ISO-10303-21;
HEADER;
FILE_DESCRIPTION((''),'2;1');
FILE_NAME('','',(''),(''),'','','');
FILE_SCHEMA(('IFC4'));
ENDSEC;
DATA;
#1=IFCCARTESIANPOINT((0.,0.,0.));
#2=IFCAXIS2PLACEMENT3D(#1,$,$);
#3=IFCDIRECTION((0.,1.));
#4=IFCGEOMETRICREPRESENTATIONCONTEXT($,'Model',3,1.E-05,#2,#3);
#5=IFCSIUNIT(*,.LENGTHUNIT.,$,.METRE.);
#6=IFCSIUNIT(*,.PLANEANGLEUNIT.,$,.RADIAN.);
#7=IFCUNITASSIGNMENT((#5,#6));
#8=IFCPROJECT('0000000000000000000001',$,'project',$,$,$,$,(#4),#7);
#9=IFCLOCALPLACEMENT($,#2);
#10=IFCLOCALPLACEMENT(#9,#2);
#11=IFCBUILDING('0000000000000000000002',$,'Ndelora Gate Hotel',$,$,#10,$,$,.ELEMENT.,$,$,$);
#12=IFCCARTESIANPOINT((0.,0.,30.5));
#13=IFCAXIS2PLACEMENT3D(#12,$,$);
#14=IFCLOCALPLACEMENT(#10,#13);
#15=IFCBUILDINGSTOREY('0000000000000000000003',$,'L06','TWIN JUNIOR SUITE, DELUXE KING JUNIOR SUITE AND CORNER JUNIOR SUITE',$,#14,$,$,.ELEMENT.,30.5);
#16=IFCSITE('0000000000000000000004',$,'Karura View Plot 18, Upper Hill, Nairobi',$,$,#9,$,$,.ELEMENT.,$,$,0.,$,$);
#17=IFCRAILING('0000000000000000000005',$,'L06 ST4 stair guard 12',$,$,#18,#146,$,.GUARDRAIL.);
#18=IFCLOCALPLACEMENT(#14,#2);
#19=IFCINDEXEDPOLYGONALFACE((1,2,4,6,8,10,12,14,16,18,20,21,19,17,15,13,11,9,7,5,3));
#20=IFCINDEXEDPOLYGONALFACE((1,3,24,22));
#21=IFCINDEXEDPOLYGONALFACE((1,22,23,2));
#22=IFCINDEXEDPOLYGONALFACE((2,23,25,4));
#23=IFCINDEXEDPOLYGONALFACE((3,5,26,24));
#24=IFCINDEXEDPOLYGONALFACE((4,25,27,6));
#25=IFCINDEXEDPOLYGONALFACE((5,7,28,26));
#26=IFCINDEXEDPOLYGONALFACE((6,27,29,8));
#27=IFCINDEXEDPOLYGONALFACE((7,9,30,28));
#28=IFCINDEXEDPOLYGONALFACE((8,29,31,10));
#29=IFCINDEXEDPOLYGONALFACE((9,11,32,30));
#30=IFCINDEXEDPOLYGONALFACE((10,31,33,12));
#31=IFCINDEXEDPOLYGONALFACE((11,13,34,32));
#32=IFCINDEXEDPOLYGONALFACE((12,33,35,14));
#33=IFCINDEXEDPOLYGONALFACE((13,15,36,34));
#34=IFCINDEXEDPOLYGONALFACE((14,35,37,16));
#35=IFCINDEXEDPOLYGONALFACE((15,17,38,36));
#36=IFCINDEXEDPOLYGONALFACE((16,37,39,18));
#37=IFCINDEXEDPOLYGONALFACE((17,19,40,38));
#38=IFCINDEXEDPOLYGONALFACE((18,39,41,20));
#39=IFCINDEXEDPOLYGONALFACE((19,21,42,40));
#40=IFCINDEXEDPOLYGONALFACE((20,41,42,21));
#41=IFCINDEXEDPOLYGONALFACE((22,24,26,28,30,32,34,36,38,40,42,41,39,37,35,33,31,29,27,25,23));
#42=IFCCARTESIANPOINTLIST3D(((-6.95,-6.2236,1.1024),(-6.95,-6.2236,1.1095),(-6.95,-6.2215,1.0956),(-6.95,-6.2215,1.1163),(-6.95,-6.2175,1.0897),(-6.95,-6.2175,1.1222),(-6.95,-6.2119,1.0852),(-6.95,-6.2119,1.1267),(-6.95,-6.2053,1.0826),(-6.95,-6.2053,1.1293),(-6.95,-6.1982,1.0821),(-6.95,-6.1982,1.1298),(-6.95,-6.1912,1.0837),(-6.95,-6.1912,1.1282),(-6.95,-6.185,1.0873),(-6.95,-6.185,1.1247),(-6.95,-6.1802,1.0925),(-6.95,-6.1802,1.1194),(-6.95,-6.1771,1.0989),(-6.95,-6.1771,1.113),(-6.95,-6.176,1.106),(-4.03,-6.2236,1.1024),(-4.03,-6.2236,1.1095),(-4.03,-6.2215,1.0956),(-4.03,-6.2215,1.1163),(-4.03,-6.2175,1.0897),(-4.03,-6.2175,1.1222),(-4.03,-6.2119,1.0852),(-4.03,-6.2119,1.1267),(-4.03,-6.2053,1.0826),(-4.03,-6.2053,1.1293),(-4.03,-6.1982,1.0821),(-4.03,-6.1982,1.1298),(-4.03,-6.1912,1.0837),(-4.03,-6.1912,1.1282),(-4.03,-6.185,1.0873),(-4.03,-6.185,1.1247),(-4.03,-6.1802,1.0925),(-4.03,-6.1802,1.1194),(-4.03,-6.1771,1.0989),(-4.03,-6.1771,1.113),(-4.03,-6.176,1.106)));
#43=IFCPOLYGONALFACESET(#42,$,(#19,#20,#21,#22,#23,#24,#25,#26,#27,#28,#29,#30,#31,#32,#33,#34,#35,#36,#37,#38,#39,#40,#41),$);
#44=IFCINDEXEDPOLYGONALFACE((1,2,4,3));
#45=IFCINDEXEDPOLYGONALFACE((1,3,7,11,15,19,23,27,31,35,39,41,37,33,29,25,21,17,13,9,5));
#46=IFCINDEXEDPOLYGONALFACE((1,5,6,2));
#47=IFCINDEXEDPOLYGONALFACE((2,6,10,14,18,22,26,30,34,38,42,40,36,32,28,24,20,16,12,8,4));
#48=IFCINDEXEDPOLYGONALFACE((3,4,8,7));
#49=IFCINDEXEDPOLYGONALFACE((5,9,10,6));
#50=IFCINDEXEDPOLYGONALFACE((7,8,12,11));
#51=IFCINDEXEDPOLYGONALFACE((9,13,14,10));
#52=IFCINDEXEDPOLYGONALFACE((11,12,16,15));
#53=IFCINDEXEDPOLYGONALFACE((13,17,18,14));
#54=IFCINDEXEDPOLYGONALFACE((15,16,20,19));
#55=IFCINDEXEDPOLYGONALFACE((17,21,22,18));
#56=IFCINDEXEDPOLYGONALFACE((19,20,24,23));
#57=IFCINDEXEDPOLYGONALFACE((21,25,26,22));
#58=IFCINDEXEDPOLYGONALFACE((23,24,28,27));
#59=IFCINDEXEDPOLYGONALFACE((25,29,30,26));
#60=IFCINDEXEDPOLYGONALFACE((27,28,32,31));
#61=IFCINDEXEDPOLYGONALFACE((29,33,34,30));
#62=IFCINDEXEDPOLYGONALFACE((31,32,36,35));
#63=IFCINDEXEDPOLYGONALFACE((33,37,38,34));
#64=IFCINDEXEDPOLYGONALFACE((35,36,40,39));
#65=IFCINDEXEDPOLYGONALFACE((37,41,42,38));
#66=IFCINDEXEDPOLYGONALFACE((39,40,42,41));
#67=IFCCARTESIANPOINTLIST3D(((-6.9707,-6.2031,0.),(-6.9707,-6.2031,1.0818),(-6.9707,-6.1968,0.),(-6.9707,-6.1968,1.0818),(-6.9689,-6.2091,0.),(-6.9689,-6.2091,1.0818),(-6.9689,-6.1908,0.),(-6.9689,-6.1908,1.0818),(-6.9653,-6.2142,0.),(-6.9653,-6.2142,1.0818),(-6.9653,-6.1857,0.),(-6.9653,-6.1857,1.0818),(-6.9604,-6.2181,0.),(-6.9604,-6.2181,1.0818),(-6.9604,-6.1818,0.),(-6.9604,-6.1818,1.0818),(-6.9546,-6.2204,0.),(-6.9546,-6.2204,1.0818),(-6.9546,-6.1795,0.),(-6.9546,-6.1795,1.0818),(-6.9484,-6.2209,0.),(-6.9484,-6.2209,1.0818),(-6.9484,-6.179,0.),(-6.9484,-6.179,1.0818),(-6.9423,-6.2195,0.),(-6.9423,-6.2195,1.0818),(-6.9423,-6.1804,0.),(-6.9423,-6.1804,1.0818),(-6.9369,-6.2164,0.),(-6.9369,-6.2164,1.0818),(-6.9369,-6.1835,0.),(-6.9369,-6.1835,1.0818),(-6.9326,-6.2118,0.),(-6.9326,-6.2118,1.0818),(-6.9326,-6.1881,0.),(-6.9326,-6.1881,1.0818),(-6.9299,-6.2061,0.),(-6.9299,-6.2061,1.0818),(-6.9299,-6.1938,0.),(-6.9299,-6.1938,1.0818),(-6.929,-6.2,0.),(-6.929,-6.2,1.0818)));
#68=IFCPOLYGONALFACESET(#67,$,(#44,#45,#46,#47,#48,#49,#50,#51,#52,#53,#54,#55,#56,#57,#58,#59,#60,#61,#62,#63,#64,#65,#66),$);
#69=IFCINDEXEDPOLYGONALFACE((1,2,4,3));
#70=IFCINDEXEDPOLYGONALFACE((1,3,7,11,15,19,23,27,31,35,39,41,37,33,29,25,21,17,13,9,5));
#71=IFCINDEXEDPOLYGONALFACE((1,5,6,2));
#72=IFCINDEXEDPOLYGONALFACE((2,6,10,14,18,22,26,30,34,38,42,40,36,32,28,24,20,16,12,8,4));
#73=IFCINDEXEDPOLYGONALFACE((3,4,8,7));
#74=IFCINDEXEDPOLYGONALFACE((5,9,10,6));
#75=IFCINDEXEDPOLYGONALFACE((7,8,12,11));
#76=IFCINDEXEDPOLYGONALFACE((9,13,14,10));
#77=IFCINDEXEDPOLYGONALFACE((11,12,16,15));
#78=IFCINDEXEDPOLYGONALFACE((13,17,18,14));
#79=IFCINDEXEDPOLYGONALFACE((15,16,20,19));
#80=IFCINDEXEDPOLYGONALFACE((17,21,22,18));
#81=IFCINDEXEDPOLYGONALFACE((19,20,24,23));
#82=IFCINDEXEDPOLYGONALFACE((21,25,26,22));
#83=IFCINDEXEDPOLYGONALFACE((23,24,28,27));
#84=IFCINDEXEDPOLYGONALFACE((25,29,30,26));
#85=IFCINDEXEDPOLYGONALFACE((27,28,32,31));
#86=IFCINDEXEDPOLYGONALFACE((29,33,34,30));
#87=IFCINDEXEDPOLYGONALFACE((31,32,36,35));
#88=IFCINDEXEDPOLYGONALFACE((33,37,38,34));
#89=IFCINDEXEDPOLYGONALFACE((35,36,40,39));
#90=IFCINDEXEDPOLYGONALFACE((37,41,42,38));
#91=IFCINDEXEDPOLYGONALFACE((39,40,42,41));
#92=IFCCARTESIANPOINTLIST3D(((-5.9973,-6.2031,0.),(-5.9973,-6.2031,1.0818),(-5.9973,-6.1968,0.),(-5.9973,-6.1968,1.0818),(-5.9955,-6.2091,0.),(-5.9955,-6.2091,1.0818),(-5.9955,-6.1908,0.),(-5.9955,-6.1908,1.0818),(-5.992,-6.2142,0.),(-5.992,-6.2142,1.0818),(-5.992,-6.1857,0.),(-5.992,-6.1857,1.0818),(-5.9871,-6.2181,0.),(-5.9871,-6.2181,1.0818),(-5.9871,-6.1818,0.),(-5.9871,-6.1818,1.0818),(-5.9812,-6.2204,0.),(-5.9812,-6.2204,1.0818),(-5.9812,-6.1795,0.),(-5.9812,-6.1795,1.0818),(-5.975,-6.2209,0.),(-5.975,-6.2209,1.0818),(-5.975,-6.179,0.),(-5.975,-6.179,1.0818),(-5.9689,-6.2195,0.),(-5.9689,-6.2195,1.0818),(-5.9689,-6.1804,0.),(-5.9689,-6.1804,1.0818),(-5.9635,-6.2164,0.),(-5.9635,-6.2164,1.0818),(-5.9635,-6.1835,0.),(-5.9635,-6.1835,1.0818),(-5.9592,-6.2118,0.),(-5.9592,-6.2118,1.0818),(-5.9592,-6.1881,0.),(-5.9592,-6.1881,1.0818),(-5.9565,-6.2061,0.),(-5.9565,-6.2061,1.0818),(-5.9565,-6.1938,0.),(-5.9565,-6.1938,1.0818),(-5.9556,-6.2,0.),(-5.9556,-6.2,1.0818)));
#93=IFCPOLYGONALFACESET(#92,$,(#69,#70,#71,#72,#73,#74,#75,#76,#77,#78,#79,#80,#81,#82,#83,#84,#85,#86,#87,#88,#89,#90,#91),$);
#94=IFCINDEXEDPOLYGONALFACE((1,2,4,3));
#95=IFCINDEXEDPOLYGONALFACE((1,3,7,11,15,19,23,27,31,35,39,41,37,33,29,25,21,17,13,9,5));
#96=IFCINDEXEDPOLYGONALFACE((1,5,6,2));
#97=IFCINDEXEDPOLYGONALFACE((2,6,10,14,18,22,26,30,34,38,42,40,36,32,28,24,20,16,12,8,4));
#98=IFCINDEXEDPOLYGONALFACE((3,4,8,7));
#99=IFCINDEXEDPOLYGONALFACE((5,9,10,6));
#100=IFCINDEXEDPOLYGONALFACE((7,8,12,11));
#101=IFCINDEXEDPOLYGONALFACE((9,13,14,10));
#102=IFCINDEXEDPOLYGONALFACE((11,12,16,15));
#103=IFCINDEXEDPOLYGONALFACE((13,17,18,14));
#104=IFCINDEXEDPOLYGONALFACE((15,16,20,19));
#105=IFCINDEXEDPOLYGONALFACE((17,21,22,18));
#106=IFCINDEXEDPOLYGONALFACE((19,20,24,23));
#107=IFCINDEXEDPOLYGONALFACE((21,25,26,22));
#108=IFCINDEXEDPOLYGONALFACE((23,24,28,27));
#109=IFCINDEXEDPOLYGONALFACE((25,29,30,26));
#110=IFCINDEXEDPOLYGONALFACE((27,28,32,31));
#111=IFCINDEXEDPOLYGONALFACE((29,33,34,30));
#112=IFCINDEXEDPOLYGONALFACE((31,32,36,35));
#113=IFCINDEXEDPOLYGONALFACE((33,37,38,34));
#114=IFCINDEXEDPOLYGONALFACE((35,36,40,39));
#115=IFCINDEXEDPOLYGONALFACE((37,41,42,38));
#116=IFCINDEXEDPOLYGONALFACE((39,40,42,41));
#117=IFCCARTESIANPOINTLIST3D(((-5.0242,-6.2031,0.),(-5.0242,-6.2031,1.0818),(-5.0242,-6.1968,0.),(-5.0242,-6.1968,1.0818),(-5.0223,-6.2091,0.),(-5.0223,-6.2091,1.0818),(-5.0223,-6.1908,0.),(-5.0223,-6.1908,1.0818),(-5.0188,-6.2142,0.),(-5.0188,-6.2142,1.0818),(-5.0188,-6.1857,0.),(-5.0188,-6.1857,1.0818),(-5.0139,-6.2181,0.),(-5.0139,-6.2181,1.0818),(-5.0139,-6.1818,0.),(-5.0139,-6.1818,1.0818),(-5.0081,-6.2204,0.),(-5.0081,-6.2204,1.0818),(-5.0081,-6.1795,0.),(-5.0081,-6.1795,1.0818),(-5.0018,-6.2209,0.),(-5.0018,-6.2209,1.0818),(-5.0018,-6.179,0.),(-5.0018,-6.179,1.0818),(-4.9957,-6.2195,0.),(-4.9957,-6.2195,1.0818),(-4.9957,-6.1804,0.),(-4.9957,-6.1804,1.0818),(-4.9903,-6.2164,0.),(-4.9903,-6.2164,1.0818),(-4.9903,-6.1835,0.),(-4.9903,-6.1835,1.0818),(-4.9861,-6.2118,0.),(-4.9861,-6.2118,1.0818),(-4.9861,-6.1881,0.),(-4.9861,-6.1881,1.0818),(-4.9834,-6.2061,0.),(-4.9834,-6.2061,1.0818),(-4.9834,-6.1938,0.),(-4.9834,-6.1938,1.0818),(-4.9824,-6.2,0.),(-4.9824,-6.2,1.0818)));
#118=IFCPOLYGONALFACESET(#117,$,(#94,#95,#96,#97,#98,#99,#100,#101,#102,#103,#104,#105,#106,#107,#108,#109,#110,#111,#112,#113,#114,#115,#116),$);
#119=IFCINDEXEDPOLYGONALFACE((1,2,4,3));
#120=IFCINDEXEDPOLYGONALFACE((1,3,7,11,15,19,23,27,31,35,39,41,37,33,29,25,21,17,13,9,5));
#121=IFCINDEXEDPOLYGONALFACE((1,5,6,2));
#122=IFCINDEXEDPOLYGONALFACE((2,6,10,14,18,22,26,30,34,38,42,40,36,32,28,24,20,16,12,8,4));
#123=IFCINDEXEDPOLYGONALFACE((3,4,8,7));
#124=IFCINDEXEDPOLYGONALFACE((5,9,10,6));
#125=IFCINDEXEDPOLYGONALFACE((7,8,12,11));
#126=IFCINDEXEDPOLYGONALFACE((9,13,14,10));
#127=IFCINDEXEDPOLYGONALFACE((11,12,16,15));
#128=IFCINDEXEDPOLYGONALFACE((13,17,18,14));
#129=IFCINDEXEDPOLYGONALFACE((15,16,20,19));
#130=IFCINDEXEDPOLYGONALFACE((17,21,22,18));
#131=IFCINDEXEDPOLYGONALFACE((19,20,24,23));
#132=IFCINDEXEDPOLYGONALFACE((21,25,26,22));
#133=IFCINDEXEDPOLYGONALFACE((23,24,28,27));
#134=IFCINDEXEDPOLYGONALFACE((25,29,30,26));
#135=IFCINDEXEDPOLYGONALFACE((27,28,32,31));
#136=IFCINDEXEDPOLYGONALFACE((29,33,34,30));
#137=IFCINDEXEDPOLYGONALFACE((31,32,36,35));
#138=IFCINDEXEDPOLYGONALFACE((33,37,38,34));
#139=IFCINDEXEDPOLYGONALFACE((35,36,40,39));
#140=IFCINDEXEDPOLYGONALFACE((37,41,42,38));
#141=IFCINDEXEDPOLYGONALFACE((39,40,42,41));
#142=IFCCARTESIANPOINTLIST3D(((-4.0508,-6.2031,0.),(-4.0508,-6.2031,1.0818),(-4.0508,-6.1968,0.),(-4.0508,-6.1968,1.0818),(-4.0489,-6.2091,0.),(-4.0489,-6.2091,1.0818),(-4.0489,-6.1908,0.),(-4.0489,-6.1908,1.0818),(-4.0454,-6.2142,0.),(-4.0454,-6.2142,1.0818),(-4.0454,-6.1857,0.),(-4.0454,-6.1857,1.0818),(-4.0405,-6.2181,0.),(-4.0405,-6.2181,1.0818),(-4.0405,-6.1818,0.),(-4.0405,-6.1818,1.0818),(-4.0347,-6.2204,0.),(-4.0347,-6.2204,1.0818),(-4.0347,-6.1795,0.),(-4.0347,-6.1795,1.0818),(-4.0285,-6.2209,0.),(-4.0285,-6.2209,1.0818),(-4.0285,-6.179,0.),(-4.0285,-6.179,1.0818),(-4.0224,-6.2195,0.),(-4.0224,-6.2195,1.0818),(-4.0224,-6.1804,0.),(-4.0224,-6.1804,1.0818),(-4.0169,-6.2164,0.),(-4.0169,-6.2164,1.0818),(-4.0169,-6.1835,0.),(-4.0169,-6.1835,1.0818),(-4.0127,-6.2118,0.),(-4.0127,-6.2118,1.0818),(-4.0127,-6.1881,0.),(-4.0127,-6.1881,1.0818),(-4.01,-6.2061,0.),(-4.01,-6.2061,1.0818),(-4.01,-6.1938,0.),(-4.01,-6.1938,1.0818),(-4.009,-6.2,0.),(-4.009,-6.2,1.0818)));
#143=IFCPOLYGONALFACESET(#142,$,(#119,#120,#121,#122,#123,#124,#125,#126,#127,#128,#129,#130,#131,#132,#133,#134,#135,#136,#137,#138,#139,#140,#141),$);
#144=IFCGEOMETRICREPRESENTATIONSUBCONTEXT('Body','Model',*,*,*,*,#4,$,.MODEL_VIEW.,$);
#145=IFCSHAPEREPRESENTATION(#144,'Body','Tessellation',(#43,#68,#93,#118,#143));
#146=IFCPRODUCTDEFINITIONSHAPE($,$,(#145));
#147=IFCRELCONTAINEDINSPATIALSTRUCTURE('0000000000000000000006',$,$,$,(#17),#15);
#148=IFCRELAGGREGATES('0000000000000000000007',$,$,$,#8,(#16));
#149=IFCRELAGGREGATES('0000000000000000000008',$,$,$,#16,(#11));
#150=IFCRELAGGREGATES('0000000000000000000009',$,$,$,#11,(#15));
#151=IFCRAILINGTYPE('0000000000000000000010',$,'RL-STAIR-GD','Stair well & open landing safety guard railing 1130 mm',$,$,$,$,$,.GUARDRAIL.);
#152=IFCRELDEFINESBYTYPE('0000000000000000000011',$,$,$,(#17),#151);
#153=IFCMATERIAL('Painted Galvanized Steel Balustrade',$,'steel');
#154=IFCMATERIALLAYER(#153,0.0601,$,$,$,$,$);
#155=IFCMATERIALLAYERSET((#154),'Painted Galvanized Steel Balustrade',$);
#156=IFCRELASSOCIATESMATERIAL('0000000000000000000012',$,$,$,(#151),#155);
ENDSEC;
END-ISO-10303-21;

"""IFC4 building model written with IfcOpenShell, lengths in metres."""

from ifc_helpers import new_model, si_unit, direction, frame, origin, origin_2d, place, context, subcontext, project, spatial, circle, extrude, material, layer, layer_set, type_object, element, save


model = new_model("IFC4")

# Units and contexts
model_context = context("Model", 3, precision=1e-05, world=origin(), true_north=direction((0.0, 1.0)))
body_context = subcontext(model_context, "Body", "Model", "MODEL_VIEW")
ifc_project = project(units=[si_unit("LENGTHUNIT", "METRE"), si_unit("PLANEANGLEUNIT", "RADIAN")], contexts=[model_context])

# Site, building, storey
site_placement = place(None, origin())
site = spatial("IfcSite", under=ifc_project, at=site_placement, Name="Karura View Plot 18, Upper Hill, Nairobi", CompositionType="ELEMENT", RefElevation=0.0)
building_placement = place(site_placement, origin())
building = spatial("IfcBuilding", under=site, at=building_placement, Name="Ndelora Gate Hotel", CompositionType="ELEMENT")
storey_placement = place(building_placement, frame((0.0, 0.0, 30.5)))
storey = spatial("IfcBuildingStorey", under=building, at=storey_placement, Name="L06", Description="TWIN JUNIOR SUITE, DELUXE KING JUNIOR SUITE AND CORNER JUNIOR SUITE", CompositionType="ELEMENT", Elevation=30.5)

# Railing
ifc_material_1 = material(Name="Painted Galvanized Steel Balustrade", Category="steel")
ifc_layer_1 = layer(ifc_material_1, 0.0601)
ifc_layer_set_1 = layer_set([ifc_layer_1], Name="Painted Galvanized Steel Balustrade")
railing_type_1 = type_object("IfcRailingType", Name="RL-STAIR-GD", Description="Stair well & open landing safety guard railing 1130 mm", PredefinedType="GUARDRAIL", material=ifc_layer_set_1)
railing_1_placement = place(storey_placement, frame((-6.95, -6.2, 0.0)))
element("IfcRailing", 1, at=railing_1_placement, inside=storey, type_object=railing_type_1, Name="L06 ST4 stair guard 12", PredefinedType="GUARDRAIL", context=body_context, shape_type="SweptSolid", body=[
    extrude(circle(Radius=0.0239, at=origin_2d()), frame((0.0, 0.0, 1.106), z_axis=(1.0, 0.0, 0.0), x_axis=(0.0, 1.0, 0.0)), (0.0, 0.0, 1.0), 2.9199),
    extrude(circle(Radius=0.021, at=origin_2d()), origin(), (0.0, 0.0, 1.0), 1.0818),
    extrude(circle(Radius=0.021, at=origin_2d()), frame((0.9734, 0.0, 0.0)), (0.0, 0.0, 1.0), 1.0818),
    extrude(circle(Radius=0.021, at=origin_2d()), frame((1.9465, 0.0, 0.0)), (0.0, 0.0, 1.0), 1.0818),
    extrude(circle(Radius=0.021, at=origin_2d()), frame((2.9199, 0.0, 0.0)), (0.0, 0.0, 1.0), 1.0818),
])

save(model, "model.ifc")
